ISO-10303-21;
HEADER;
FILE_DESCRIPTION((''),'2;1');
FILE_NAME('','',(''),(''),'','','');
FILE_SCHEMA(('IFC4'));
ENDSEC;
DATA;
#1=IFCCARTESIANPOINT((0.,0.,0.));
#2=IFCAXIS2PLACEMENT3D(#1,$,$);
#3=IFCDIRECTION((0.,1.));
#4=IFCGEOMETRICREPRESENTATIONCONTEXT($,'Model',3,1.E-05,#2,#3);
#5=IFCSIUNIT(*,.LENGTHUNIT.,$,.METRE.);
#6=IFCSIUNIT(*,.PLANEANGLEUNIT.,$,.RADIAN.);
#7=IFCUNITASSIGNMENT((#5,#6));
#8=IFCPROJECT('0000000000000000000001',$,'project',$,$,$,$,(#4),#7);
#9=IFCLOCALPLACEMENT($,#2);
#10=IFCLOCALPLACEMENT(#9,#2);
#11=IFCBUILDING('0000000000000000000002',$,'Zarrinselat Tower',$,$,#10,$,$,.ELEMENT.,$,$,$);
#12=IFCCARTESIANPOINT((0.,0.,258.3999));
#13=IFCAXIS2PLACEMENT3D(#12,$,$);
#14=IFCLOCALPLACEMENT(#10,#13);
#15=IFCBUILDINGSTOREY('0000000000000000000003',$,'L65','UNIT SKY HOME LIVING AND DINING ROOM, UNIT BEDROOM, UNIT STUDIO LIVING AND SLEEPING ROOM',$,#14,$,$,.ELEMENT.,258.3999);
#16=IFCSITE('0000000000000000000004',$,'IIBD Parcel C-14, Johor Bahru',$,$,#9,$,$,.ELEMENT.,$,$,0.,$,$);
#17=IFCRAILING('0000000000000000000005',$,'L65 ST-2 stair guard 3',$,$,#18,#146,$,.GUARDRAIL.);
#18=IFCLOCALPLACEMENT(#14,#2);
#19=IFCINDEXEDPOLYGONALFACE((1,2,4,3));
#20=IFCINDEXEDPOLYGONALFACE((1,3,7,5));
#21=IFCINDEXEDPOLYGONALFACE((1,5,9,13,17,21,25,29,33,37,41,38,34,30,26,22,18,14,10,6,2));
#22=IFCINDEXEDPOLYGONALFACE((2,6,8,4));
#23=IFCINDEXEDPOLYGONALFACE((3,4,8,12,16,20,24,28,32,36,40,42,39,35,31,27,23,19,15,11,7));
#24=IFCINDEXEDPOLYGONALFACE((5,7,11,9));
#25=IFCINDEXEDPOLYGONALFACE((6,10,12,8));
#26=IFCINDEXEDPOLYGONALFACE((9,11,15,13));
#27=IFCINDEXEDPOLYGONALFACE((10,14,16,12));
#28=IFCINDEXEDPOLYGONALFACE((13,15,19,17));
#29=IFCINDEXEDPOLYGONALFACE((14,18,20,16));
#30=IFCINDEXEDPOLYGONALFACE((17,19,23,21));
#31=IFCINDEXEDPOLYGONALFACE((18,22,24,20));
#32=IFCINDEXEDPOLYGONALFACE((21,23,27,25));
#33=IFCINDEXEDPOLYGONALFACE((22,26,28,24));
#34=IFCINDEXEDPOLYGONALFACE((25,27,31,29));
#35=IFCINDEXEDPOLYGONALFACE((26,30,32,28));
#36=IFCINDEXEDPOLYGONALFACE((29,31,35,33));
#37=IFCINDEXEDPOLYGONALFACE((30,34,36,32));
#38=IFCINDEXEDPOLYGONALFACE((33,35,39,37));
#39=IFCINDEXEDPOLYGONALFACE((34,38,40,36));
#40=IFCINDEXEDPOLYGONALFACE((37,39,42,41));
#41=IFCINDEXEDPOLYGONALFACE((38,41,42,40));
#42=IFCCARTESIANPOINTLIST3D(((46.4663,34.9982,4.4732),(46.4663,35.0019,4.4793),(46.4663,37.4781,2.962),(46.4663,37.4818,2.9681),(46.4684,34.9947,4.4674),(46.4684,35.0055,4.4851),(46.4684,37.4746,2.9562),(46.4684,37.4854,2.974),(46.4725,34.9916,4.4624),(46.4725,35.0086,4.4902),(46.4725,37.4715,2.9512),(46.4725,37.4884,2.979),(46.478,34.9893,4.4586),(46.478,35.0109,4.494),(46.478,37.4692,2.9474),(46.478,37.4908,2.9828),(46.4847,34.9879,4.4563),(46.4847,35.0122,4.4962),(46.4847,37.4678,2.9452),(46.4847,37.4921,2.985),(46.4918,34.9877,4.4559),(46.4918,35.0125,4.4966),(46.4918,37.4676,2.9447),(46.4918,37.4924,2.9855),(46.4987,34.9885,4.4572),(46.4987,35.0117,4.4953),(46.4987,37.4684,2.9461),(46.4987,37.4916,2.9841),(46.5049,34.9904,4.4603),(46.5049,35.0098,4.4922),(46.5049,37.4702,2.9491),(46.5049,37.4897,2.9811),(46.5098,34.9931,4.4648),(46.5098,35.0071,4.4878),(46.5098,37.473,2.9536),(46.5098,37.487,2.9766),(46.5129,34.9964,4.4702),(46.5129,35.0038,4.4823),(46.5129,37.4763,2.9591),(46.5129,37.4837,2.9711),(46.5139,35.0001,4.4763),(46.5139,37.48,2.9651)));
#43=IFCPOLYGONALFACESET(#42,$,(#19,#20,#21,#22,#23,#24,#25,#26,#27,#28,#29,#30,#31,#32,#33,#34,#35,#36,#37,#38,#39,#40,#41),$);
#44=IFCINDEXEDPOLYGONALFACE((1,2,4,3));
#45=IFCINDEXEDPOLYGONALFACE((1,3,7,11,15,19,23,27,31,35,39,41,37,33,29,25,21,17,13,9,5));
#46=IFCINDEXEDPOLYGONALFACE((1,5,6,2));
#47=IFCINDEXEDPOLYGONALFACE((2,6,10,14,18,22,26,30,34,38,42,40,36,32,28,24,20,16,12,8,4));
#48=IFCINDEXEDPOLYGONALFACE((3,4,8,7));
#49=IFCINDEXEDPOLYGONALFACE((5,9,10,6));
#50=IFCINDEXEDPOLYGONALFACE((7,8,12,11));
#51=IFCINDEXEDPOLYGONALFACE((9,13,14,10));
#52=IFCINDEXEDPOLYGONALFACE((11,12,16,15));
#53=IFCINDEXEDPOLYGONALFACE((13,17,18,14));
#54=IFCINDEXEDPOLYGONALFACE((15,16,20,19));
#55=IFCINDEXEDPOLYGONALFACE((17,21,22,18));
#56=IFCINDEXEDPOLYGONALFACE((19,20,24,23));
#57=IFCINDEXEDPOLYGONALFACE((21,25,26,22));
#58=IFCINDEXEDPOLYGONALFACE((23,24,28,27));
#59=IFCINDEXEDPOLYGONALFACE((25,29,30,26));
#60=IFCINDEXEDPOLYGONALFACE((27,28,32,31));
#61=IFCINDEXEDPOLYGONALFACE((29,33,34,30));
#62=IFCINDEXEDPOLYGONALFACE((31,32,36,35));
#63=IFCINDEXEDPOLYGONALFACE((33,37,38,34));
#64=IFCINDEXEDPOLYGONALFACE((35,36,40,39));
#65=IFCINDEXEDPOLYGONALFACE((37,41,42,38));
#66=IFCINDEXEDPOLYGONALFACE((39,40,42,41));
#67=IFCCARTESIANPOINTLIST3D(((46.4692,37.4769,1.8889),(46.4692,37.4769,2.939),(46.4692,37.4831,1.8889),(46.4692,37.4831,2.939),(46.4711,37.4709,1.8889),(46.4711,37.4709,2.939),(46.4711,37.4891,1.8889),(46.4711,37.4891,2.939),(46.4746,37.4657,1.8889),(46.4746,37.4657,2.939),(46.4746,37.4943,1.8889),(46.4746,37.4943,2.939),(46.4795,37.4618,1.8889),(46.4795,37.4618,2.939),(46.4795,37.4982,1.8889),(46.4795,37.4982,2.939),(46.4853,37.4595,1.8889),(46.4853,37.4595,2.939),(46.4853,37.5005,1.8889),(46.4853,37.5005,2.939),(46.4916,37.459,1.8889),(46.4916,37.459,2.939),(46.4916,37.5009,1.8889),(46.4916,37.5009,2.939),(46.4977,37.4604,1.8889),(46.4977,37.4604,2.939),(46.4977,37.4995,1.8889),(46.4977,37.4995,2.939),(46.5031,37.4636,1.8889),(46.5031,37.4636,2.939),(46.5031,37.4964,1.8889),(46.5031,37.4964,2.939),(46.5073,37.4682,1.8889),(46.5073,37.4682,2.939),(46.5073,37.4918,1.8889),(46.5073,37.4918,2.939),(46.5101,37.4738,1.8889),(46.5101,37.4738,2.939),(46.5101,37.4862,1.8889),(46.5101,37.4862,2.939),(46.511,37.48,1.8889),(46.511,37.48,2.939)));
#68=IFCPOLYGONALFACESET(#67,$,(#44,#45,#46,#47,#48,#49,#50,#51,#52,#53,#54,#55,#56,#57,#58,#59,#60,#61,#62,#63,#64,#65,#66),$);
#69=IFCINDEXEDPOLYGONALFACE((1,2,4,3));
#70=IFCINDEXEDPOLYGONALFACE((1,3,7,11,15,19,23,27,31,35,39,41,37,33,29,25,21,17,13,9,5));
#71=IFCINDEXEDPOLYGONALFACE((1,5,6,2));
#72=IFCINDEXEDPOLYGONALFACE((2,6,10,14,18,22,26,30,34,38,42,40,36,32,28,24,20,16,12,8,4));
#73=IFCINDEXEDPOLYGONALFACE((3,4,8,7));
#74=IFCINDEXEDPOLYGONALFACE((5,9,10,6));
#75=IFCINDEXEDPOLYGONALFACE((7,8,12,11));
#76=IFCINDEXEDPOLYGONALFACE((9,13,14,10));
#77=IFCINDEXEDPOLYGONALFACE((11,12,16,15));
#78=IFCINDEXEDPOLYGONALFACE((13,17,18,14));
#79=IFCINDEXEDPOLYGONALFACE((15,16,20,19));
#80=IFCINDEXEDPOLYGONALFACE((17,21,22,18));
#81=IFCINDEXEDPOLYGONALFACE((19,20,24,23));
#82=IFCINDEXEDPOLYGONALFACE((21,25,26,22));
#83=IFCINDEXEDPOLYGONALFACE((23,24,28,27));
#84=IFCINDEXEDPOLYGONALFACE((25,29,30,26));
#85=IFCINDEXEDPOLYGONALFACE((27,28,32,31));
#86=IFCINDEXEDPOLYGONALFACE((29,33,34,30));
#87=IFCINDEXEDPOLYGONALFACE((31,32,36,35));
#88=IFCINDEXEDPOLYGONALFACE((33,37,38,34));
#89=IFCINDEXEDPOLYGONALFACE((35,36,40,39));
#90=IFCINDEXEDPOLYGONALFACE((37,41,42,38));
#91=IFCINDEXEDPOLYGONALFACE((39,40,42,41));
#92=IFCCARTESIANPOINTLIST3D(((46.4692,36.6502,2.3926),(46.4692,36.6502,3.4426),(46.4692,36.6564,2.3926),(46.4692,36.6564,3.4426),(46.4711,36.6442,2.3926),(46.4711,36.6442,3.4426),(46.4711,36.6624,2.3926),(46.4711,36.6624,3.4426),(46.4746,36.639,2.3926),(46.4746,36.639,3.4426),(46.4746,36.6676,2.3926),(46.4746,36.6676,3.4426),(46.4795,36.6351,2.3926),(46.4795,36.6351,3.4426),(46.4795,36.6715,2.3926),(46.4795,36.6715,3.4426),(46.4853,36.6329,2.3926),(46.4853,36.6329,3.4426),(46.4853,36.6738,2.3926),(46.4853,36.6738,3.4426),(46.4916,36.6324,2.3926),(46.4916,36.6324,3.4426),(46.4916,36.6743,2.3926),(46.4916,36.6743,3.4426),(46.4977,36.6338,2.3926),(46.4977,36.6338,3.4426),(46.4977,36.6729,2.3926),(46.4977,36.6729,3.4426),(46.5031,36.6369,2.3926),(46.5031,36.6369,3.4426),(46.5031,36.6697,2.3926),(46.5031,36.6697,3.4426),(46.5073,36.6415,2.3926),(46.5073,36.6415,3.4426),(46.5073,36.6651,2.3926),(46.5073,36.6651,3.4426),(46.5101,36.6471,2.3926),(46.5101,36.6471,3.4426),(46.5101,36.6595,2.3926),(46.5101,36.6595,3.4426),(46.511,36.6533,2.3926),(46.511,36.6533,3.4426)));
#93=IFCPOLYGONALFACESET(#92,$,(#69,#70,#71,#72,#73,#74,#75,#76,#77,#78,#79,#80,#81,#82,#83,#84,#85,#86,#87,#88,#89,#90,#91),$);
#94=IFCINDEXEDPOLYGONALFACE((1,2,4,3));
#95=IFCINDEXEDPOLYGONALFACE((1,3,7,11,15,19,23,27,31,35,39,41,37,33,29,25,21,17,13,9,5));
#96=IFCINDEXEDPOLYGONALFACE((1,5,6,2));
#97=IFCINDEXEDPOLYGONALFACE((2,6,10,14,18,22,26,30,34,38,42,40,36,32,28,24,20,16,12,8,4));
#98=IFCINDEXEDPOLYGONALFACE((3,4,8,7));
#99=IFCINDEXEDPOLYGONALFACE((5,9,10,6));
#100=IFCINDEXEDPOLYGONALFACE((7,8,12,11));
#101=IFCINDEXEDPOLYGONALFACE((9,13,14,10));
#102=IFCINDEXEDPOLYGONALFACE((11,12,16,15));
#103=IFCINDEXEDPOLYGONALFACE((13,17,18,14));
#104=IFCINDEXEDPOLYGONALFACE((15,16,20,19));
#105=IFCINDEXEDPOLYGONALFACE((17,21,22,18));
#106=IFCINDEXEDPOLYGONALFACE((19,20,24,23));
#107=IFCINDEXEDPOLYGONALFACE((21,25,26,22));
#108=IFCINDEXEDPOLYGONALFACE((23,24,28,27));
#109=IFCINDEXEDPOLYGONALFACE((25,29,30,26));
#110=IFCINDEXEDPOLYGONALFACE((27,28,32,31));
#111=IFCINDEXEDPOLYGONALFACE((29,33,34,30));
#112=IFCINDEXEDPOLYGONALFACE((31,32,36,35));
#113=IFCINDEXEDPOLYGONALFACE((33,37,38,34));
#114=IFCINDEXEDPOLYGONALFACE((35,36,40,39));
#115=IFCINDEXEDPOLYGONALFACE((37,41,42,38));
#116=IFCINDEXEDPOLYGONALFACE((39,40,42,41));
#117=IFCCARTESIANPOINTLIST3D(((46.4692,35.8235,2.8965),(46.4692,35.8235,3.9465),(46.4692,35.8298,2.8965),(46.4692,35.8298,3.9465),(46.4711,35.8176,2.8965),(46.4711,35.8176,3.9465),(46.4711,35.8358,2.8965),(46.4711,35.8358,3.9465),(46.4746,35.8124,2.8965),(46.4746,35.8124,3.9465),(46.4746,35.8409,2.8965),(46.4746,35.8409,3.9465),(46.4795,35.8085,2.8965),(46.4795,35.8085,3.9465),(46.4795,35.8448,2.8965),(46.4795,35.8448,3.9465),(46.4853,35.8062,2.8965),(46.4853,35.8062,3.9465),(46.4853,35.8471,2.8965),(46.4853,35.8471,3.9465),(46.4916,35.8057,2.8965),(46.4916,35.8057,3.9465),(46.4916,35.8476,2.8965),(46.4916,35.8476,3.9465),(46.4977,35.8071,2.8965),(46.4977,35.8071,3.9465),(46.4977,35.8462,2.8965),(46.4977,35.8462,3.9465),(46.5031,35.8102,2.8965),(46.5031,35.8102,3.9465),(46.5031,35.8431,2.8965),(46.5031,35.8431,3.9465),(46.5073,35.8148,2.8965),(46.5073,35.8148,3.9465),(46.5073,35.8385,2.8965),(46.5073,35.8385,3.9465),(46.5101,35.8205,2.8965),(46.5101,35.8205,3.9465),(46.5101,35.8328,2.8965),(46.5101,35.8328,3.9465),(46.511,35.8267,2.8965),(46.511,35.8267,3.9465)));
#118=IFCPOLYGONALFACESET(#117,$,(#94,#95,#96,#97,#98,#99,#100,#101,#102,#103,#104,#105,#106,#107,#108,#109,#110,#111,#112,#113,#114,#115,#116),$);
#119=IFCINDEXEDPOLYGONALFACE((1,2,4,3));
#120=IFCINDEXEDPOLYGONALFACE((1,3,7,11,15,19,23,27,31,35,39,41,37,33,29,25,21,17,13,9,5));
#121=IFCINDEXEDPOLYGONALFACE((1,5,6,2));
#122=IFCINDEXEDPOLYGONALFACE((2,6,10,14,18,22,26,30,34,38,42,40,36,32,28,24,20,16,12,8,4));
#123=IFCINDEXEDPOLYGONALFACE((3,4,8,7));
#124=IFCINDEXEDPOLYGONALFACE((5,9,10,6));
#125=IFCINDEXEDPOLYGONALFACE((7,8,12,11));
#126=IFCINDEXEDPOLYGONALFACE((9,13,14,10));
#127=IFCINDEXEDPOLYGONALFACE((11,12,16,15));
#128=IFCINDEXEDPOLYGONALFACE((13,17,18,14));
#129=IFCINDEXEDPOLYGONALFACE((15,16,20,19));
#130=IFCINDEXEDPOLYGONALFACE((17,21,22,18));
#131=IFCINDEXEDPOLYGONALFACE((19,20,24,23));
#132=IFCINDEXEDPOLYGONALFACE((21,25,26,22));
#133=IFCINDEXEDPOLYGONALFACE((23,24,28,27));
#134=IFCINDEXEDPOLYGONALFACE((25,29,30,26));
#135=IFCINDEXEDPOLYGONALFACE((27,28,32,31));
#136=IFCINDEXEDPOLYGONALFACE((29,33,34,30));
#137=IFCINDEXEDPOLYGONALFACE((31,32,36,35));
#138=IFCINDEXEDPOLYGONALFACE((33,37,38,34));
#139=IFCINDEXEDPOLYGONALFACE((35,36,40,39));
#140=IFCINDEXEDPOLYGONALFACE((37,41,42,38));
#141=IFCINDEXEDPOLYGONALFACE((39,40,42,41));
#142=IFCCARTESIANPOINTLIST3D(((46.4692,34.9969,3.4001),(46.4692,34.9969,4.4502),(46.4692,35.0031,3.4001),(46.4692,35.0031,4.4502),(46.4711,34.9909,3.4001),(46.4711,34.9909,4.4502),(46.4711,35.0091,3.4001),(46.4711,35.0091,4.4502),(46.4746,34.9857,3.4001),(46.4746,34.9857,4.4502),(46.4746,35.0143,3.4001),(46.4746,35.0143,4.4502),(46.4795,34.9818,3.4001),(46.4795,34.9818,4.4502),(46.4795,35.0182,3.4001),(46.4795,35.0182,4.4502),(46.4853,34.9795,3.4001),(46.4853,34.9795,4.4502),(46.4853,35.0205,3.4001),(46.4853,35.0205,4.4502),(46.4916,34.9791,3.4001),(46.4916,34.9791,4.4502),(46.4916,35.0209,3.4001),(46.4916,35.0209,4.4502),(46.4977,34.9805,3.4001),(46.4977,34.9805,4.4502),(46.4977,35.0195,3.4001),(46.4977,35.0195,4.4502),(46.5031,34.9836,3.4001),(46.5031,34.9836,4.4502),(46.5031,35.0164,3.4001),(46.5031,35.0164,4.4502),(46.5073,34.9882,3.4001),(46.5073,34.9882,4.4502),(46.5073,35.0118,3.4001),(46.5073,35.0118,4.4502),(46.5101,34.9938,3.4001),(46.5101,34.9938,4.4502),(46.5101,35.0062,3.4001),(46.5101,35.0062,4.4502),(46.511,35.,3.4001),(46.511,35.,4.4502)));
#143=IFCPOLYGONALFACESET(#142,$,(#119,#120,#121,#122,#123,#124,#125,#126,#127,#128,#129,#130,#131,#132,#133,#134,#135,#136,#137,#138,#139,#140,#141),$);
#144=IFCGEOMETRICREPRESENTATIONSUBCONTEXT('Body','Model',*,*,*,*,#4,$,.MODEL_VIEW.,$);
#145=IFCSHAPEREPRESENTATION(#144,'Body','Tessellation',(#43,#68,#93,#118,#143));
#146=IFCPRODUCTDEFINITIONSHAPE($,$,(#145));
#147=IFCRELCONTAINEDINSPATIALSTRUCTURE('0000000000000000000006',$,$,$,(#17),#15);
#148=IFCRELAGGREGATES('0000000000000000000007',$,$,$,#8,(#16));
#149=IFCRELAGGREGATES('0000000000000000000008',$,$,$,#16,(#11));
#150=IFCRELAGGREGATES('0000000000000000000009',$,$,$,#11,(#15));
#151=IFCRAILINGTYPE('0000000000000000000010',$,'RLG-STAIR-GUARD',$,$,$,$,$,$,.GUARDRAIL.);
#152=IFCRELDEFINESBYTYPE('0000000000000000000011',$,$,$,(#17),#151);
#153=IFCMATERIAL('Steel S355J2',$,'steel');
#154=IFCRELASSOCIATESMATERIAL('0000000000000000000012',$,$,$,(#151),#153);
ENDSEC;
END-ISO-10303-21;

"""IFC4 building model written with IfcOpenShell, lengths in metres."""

from ifc_helpers import new_model, si_unit, direction, frame, origin, origin_2d, place, context, subcontext, project, spatial, circle, extrude, material, type_object, element, save


model = new_model("IFC4")

# Units and contexts
model_context = context("Model", 3, precision=1e-05, world=origin(), true_north=direction((0.0, 1.0)))
body_context = subcontext(model_context, "Body", "Model", "MODEL_VIEW")
ifc_project = project(units=[si_unit("LENGTHUNIT", "METRE"), si_unit("PLANEANGLEUNIT", "RADIAN")], contexts=[model_context])

# Site, building, storey
site_placement = place(None, origin())
site = spatial("IfcSite", under=ifc_project, at=site_placement, Name="IIBD Parcel C-14, Johor Bahru", CompositionType="ELEMENT", RefElevation=0.0)
building_placement = place(site_placement, origin())
building = spatial("IfcBuilding", under=site, at=building_placement, Name="Zarrinselat Tower", CompositionType="ELEMENT")
storey_placement = place(building_placement, frame((0.0, 0.0, 258.3999)))
storey = spatial("IfcBuildingStorey", under=building, at=storey_placement, Name="L65", Description="UNIT SKY HOME LIVING AND DINING ROOM, UNIT BEDROOM, UNIT STUDIO LIVING AND SLEEPING ROOM", CompositionType="ELEMENT", Elevation=258.3999)

# Railing
ifc_material_1 = material(Name="Steel S355J2", Category="steel")
railing_type_1 = type_object("IfcRailingType", Name="RLG-STAIR-GUARD", PredefinedType="GUARDRAIL", material=ifc_material_1)
railing_1_placement = place(storey_placement, frame((46.49, 37.48, 1.8889)))
element("IfcRailing", 1, at=railing_1_placement, inside=storey, type_object=railing_type_1, Name="L65 ST-2 stair guard 3", PredefinedType="GUARDRAIL", context=body_context, shape_type="SweptSolid", body=[
    extrude(circle(Radius=0.0239, at=origin_2d()), frame((0.0, 0.0, 1.0762), z_axis=(0.0, -0.853942, 0.520368), x_axis=(1.0, 0.0, 0.0)), (0.0, 0.0, 1.0), 2.9041),
    extrude(circle(Radius=0.021, at=origin_2d()), origin(), (0.0, 0.0, 1.0), 1.05),
    extrude(circle(Radius=0.021, at=origin_2d()), frame((0.0, -0.8267, 0.5037)), (0.0, 0.0, 1.0), 1.05),
    extrude(circle(Radius=0.021, at=origin_2d()), frame((0.0, -1.6533, 1.0076)), (0.0, 0.0, 1.0), 1.05),
    extrude(circle(Radius=0.021, at=origin_2d()), frame((0.0, -2.48, 1.5112)), (0.0, 0.0, 1.0), 1.05),
])

save(model, "model.ifc")
